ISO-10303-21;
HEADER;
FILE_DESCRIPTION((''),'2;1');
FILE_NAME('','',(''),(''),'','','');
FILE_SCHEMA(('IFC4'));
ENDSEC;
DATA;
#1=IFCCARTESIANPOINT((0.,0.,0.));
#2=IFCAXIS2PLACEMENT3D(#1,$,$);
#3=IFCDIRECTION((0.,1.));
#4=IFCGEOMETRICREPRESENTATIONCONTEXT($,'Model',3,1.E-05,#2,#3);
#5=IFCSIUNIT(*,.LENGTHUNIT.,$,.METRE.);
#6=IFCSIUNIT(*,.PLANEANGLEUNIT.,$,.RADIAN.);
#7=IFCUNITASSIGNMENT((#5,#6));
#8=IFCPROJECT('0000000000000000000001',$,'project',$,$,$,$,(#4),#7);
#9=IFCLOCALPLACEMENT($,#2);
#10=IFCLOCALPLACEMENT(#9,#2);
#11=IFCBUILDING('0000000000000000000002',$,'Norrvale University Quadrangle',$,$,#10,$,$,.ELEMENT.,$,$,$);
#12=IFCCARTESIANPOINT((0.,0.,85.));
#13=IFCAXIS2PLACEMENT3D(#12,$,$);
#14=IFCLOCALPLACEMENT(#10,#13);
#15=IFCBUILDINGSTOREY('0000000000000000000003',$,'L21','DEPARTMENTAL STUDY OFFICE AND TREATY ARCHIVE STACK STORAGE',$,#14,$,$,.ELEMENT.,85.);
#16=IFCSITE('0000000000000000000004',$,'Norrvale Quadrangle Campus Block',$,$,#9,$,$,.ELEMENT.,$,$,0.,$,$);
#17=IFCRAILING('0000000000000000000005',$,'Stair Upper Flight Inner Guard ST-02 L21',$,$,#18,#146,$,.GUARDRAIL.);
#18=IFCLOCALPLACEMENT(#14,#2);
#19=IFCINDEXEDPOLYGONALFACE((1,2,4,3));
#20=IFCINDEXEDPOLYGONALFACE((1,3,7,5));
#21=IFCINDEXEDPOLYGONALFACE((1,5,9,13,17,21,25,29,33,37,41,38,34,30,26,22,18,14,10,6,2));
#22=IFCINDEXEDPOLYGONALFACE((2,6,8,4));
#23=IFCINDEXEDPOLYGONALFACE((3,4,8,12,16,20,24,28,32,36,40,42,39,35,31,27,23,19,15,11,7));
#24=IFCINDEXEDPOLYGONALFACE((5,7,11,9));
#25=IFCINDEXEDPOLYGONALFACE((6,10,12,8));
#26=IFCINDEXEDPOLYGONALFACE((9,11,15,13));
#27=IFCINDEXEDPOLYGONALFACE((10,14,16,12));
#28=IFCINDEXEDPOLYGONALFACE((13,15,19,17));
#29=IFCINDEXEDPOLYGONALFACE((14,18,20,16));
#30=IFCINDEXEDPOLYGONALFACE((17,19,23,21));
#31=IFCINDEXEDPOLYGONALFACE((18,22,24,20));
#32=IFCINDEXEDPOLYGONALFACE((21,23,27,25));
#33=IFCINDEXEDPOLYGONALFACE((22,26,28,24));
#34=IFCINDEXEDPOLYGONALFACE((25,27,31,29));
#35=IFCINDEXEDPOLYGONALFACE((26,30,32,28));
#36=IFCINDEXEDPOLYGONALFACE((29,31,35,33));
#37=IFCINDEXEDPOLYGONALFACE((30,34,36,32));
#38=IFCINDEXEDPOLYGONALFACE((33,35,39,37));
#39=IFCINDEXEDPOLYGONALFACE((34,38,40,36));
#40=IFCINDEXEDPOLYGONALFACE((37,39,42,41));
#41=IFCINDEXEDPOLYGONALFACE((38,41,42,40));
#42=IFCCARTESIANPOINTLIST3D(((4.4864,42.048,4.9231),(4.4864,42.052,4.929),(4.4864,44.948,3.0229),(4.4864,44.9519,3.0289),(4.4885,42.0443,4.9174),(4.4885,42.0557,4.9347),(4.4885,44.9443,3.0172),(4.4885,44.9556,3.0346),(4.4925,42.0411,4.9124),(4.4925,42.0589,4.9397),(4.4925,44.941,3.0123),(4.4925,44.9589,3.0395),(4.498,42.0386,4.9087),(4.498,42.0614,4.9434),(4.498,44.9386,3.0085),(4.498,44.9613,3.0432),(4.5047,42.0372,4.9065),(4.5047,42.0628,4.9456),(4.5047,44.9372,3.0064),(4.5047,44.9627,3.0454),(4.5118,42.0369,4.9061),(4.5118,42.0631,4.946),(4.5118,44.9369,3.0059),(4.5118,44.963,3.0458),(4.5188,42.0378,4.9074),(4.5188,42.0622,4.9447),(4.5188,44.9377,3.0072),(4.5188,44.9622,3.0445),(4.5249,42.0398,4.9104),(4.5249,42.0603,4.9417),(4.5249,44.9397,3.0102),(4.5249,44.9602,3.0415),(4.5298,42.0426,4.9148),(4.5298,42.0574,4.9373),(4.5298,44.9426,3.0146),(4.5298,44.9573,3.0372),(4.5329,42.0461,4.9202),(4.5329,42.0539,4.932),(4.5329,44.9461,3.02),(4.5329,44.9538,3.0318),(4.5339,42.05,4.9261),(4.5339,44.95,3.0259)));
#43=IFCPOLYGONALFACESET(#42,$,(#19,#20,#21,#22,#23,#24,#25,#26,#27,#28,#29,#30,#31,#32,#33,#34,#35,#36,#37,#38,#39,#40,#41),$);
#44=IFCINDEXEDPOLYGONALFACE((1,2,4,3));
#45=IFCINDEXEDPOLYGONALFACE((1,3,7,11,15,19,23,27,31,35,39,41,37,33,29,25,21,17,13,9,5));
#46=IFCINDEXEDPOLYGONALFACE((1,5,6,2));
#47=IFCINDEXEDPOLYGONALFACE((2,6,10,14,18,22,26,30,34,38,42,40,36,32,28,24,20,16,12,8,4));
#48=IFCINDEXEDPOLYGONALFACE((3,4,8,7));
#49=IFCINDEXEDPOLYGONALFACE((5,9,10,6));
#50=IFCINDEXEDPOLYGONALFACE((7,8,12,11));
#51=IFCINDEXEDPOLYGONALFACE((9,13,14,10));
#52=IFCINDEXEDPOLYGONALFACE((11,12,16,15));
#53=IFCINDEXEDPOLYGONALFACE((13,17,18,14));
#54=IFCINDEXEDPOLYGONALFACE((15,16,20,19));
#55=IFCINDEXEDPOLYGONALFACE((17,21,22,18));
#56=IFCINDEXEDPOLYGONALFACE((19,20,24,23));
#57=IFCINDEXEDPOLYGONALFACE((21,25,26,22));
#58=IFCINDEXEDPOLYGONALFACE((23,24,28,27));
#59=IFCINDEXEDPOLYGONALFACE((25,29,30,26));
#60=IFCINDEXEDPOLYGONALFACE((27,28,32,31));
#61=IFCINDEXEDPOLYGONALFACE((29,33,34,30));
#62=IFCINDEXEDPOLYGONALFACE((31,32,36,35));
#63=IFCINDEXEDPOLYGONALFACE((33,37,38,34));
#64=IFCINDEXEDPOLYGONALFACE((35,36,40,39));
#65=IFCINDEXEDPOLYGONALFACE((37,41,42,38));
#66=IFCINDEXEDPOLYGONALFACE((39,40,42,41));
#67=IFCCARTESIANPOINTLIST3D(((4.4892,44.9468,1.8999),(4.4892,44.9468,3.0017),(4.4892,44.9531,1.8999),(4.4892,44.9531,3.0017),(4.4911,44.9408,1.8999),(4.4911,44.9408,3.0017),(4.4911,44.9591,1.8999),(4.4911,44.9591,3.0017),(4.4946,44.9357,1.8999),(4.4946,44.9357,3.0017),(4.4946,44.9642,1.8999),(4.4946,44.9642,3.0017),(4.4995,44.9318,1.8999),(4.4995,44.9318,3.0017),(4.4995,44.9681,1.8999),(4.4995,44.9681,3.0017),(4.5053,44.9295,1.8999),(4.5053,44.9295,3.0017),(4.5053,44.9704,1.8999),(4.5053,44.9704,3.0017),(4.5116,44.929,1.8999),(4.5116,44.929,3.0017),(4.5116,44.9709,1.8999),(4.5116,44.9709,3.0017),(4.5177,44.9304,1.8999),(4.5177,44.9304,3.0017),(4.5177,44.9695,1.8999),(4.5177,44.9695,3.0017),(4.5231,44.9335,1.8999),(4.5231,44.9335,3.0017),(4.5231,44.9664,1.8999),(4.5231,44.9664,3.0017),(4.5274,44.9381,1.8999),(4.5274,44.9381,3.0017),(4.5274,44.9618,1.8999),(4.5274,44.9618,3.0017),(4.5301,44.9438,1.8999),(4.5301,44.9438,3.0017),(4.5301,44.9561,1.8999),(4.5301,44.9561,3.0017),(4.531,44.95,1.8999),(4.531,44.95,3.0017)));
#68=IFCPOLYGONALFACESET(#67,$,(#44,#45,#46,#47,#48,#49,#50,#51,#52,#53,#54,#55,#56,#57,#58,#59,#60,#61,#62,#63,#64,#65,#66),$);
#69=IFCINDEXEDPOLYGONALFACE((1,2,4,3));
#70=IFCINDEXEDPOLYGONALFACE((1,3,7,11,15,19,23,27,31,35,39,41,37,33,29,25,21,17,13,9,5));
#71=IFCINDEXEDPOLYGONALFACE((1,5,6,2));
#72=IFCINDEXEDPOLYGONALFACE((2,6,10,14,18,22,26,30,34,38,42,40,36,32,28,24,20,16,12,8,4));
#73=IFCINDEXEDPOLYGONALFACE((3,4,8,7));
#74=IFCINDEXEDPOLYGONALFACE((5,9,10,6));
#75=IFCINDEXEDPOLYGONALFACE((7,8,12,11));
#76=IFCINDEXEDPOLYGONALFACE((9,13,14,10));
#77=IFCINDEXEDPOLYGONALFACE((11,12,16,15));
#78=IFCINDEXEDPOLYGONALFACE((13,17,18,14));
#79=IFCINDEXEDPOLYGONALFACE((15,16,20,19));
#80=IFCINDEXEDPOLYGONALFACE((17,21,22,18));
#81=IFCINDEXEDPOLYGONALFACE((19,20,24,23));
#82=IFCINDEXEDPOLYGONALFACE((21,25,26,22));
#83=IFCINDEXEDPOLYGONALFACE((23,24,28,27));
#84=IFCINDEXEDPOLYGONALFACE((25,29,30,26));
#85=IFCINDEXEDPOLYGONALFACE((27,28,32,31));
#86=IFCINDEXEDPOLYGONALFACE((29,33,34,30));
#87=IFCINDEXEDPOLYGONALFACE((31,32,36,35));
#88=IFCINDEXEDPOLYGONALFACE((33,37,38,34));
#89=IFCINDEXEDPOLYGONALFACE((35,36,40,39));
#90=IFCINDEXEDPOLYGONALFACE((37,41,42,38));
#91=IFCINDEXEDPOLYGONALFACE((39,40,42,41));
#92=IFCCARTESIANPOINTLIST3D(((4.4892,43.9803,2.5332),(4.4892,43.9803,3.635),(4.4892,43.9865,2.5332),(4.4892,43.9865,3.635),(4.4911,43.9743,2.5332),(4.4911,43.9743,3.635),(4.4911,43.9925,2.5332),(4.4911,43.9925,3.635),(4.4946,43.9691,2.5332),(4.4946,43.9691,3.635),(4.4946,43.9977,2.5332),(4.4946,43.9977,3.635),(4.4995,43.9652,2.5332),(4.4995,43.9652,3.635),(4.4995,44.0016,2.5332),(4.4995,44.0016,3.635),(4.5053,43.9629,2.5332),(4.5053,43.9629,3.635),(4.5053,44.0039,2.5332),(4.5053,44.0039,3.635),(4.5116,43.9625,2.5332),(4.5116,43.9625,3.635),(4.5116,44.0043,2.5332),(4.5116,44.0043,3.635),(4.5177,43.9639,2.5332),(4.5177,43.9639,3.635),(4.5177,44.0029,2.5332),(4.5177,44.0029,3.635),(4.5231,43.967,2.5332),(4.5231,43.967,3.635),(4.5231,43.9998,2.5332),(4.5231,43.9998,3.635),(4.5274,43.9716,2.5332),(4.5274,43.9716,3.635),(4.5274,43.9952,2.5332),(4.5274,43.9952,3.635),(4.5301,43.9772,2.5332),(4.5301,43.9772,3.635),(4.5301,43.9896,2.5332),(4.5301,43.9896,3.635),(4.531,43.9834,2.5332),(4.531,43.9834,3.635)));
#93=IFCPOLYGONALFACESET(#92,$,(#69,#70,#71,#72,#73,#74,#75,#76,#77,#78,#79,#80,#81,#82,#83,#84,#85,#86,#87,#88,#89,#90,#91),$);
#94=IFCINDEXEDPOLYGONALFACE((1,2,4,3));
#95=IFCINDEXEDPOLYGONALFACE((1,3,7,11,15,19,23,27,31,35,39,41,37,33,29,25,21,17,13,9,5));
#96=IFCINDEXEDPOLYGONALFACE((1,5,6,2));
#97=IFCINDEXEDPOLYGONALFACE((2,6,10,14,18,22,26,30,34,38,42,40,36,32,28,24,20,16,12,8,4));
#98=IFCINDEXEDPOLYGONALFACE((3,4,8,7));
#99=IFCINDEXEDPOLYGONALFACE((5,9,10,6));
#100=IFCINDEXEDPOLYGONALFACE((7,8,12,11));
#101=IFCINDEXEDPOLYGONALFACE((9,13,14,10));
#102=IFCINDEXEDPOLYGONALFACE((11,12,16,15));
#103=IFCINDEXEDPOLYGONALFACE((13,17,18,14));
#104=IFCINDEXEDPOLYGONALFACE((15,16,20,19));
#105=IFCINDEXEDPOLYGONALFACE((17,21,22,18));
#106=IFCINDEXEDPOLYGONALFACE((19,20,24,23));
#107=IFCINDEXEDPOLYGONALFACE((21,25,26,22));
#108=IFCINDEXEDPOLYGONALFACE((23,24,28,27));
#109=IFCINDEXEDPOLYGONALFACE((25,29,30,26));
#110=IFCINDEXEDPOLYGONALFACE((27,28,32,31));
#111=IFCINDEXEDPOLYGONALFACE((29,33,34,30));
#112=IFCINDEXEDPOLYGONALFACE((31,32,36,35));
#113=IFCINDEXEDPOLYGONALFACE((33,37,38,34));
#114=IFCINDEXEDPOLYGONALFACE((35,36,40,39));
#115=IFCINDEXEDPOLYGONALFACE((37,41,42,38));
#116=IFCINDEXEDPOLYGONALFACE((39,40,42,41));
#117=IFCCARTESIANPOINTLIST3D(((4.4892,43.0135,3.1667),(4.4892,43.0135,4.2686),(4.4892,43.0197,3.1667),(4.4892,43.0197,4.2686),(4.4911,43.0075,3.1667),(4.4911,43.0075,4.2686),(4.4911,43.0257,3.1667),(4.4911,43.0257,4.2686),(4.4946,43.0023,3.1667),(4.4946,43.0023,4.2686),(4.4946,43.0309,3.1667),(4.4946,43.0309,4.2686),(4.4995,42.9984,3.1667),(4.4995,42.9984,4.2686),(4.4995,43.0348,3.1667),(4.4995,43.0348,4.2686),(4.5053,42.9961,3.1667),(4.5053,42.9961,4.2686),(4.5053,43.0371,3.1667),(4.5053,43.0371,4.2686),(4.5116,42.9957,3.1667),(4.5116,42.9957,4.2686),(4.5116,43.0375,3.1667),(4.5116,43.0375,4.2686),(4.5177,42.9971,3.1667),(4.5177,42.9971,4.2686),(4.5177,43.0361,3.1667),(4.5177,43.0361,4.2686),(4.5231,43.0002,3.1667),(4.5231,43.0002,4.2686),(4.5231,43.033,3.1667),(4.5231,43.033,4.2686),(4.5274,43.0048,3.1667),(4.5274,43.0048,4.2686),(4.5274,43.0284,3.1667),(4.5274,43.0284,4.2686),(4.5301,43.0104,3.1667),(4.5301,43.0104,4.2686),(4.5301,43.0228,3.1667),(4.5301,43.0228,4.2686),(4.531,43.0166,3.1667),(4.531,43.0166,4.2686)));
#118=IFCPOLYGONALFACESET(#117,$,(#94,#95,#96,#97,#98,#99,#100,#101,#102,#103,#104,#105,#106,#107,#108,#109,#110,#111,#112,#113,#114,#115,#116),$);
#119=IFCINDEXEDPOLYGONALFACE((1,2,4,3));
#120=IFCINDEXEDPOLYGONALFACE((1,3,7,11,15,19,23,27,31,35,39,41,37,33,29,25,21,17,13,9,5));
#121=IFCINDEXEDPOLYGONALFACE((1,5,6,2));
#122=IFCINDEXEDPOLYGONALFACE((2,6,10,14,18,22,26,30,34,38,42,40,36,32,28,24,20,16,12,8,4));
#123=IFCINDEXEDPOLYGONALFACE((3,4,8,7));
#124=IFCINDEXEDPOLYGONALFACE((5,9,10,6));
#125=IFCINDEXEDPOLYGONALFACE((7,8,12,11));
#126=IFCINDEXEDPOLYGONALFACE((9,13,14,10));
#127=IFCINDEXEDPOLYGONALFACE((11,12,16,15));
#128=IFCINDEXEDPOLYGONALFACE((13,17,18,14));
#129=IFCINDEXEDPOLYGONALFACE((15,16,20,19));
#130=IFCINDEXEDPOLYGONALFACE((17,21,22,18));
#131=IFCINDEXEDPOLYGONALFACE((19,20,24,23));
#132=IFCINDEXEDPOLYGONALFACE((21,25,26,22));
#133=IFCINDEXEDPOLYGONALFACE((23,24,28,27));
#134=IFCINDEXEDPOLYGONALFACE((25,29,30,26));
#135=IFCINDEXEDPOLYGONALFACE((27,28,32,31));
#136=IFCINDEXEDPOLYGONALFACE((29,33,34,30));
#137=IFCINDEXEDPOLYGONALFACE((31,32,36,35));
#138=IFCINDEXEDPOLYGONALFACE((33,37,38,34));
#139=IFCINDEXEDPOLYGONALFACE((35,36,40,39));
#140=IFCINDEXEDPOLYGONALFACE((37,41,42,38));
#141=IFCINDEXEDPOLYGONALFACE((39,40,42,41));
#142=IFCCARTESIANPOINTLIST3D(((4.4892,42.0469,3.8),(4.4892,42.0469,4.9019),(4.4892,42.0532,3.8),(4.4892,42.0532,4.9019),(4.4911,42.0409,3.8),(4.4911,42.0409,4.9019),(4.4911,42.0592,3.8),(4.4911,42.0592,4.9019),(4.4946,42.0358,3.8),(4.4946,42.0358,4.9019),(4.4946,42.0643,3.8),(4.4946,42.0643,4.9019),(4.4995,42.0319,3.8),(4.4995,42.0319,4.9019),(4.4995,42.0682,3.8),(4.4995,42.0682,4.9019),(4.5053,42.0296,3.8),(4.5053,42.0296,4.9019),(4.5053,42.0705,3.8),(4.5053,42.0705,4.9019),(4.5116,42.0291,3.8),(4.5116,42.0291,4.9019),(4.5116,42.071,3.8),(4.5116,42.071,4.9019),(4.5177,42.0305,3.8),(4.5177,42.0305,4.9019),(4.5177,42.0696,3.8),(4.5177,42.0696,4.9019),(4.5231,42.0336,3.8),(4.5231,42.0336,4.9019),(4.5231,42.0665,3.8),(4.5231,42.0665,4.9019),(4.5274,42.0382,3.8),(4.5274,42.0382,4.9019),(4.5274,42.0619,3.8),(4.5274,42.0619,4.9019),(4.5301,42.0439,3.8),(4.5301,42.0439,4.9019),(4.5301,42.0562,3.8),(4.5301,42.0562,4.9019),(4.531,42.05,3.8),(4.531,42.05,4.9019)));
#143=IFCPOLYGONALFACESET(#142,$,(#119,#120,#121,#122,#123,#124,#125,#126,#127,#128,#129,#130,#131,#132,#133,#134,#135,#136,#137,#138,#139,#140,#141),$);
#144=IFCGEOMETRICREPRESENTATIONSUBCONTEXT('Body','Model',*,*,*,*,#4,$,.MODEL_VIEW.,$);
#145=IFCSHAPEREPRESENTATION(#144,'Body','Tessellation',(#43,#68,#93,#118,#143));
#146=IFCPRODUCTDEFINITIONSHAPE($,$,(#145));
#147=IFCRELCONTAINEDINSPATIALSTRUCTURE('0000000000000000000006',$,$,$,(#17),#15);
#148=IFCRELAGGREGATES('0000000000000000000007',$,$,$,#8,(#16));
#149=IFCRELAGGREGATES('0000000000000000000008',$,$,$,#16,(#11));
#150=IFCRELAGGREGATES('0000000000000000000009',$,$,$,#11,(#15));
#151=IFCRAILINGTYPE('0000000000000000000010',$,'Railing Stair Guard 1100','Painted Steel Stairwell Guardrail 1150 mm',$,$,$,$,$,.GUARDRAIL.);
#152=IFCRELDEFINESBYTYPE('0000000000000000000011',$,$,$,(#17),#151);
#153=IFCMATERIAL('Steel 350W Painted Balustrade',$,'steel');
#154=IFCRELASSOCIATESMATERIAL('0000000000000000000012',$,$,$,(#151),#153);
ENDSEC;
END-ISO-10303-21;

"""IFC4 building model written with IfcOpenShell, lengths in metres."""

from ifc_helpers import new_model, si_unit, direction, frame, origin, origin_2d, place, context, subcontext, project, spatial, circle, extrude, material, type_object, element, save


model = new_model("IFC4")

# Units and contexts
model_context = context("Model", 3, precision=1e-05, world=origin(), true_north=direction((0.0, 1.0)))
body_context = subcontext(model_context, "Body", "Model", "MODEL_VIEW")
ifc_project = project(units=[si_unit("LENGTHUNIT", "METRE"), si_unit("PLANEANGLEUNIT", "RADIAN")], contexts=[model_context])

# Site, building, storey
site_placement = place(None, origin())
site = spatial("IfcSite", under=ifc_project, at=site_placement, Name="Norrvale Quadrangle Campus Block", CompositionType="ELEMENT", RefElevation=0.0)
building_placement = place(site_placement, origin())
building = spatial("IfcBuilding", under=site, at=building_placement, Name="Norrvale University Quadrangle", CompositionType="ELEMENT")
storey_placement = place(building_placement, frame((0.0, 0.0, 85.0)))
storey = spatial("IfcBuildingStorey", under=building, at=storey_placement, Name="L21", Description="DEPARTMENTAL STUDY OFFICE AND TREATY ARCHIVE STACK STORAGE", CompositionType="ELEMENT", Elevation=85.0)

# Railing
ifc_material_1 = material(Name="Steel 350W Painted Balustrade", Category="steel")
railing_type_1 = type_object("IfcRailingType", Name="Railing Stair Guard 1100", Description="Painted Steel Stairwell Guardrail 1150 mm", PredefinedType="GUARDRAIL", material=ifc_material_1)
railing_1_placement = place(storey_placement, frame((4.51, 44.95, 1.8999)))
element("IfcRailing", 1, at=railing_1_placement, inside=storey, type_object=railing_type_1, Name="Stair Upper Flight Inner Guard ST-02 L21", PredefinedType="GUARDRAIL", context=body_context, shape_type="SweptSolid", body=[
    extrude(circle(Radius=0.0239, at=origin_2d()), frame((0.0, 0.0, 1.126), z_axis=(0.0, -0.836433, 0.548069), x_axis=(1.0, 0.0, 0.0)), (0.0, 0.0, 1.0), 3.467),
    extrude(circle(Radius=0.021, at=origin_2d()), origin(), (0.0, 0.0, 1.0), 1.1018),
    extrude(circle(Radius=0.021, at=origin_2d()), frame((0.0, -0.9666, 0.6333)), (0.0, 0.0, 1.0), 1.1018),
    extrude(circle(Radius=0.021, at=origin_2d()), frame((0.0, -1.9333, 1.2668)), (0.0, 0.0, 1.0), 1.1018),
    extrude(circle(Radius=0.021, at=origin_2d()), frame((0.0, -2.8999, 1.9001)), (0.0, 0.0, 1.0), 1.1018),
])

save(model, "model.ifc")
